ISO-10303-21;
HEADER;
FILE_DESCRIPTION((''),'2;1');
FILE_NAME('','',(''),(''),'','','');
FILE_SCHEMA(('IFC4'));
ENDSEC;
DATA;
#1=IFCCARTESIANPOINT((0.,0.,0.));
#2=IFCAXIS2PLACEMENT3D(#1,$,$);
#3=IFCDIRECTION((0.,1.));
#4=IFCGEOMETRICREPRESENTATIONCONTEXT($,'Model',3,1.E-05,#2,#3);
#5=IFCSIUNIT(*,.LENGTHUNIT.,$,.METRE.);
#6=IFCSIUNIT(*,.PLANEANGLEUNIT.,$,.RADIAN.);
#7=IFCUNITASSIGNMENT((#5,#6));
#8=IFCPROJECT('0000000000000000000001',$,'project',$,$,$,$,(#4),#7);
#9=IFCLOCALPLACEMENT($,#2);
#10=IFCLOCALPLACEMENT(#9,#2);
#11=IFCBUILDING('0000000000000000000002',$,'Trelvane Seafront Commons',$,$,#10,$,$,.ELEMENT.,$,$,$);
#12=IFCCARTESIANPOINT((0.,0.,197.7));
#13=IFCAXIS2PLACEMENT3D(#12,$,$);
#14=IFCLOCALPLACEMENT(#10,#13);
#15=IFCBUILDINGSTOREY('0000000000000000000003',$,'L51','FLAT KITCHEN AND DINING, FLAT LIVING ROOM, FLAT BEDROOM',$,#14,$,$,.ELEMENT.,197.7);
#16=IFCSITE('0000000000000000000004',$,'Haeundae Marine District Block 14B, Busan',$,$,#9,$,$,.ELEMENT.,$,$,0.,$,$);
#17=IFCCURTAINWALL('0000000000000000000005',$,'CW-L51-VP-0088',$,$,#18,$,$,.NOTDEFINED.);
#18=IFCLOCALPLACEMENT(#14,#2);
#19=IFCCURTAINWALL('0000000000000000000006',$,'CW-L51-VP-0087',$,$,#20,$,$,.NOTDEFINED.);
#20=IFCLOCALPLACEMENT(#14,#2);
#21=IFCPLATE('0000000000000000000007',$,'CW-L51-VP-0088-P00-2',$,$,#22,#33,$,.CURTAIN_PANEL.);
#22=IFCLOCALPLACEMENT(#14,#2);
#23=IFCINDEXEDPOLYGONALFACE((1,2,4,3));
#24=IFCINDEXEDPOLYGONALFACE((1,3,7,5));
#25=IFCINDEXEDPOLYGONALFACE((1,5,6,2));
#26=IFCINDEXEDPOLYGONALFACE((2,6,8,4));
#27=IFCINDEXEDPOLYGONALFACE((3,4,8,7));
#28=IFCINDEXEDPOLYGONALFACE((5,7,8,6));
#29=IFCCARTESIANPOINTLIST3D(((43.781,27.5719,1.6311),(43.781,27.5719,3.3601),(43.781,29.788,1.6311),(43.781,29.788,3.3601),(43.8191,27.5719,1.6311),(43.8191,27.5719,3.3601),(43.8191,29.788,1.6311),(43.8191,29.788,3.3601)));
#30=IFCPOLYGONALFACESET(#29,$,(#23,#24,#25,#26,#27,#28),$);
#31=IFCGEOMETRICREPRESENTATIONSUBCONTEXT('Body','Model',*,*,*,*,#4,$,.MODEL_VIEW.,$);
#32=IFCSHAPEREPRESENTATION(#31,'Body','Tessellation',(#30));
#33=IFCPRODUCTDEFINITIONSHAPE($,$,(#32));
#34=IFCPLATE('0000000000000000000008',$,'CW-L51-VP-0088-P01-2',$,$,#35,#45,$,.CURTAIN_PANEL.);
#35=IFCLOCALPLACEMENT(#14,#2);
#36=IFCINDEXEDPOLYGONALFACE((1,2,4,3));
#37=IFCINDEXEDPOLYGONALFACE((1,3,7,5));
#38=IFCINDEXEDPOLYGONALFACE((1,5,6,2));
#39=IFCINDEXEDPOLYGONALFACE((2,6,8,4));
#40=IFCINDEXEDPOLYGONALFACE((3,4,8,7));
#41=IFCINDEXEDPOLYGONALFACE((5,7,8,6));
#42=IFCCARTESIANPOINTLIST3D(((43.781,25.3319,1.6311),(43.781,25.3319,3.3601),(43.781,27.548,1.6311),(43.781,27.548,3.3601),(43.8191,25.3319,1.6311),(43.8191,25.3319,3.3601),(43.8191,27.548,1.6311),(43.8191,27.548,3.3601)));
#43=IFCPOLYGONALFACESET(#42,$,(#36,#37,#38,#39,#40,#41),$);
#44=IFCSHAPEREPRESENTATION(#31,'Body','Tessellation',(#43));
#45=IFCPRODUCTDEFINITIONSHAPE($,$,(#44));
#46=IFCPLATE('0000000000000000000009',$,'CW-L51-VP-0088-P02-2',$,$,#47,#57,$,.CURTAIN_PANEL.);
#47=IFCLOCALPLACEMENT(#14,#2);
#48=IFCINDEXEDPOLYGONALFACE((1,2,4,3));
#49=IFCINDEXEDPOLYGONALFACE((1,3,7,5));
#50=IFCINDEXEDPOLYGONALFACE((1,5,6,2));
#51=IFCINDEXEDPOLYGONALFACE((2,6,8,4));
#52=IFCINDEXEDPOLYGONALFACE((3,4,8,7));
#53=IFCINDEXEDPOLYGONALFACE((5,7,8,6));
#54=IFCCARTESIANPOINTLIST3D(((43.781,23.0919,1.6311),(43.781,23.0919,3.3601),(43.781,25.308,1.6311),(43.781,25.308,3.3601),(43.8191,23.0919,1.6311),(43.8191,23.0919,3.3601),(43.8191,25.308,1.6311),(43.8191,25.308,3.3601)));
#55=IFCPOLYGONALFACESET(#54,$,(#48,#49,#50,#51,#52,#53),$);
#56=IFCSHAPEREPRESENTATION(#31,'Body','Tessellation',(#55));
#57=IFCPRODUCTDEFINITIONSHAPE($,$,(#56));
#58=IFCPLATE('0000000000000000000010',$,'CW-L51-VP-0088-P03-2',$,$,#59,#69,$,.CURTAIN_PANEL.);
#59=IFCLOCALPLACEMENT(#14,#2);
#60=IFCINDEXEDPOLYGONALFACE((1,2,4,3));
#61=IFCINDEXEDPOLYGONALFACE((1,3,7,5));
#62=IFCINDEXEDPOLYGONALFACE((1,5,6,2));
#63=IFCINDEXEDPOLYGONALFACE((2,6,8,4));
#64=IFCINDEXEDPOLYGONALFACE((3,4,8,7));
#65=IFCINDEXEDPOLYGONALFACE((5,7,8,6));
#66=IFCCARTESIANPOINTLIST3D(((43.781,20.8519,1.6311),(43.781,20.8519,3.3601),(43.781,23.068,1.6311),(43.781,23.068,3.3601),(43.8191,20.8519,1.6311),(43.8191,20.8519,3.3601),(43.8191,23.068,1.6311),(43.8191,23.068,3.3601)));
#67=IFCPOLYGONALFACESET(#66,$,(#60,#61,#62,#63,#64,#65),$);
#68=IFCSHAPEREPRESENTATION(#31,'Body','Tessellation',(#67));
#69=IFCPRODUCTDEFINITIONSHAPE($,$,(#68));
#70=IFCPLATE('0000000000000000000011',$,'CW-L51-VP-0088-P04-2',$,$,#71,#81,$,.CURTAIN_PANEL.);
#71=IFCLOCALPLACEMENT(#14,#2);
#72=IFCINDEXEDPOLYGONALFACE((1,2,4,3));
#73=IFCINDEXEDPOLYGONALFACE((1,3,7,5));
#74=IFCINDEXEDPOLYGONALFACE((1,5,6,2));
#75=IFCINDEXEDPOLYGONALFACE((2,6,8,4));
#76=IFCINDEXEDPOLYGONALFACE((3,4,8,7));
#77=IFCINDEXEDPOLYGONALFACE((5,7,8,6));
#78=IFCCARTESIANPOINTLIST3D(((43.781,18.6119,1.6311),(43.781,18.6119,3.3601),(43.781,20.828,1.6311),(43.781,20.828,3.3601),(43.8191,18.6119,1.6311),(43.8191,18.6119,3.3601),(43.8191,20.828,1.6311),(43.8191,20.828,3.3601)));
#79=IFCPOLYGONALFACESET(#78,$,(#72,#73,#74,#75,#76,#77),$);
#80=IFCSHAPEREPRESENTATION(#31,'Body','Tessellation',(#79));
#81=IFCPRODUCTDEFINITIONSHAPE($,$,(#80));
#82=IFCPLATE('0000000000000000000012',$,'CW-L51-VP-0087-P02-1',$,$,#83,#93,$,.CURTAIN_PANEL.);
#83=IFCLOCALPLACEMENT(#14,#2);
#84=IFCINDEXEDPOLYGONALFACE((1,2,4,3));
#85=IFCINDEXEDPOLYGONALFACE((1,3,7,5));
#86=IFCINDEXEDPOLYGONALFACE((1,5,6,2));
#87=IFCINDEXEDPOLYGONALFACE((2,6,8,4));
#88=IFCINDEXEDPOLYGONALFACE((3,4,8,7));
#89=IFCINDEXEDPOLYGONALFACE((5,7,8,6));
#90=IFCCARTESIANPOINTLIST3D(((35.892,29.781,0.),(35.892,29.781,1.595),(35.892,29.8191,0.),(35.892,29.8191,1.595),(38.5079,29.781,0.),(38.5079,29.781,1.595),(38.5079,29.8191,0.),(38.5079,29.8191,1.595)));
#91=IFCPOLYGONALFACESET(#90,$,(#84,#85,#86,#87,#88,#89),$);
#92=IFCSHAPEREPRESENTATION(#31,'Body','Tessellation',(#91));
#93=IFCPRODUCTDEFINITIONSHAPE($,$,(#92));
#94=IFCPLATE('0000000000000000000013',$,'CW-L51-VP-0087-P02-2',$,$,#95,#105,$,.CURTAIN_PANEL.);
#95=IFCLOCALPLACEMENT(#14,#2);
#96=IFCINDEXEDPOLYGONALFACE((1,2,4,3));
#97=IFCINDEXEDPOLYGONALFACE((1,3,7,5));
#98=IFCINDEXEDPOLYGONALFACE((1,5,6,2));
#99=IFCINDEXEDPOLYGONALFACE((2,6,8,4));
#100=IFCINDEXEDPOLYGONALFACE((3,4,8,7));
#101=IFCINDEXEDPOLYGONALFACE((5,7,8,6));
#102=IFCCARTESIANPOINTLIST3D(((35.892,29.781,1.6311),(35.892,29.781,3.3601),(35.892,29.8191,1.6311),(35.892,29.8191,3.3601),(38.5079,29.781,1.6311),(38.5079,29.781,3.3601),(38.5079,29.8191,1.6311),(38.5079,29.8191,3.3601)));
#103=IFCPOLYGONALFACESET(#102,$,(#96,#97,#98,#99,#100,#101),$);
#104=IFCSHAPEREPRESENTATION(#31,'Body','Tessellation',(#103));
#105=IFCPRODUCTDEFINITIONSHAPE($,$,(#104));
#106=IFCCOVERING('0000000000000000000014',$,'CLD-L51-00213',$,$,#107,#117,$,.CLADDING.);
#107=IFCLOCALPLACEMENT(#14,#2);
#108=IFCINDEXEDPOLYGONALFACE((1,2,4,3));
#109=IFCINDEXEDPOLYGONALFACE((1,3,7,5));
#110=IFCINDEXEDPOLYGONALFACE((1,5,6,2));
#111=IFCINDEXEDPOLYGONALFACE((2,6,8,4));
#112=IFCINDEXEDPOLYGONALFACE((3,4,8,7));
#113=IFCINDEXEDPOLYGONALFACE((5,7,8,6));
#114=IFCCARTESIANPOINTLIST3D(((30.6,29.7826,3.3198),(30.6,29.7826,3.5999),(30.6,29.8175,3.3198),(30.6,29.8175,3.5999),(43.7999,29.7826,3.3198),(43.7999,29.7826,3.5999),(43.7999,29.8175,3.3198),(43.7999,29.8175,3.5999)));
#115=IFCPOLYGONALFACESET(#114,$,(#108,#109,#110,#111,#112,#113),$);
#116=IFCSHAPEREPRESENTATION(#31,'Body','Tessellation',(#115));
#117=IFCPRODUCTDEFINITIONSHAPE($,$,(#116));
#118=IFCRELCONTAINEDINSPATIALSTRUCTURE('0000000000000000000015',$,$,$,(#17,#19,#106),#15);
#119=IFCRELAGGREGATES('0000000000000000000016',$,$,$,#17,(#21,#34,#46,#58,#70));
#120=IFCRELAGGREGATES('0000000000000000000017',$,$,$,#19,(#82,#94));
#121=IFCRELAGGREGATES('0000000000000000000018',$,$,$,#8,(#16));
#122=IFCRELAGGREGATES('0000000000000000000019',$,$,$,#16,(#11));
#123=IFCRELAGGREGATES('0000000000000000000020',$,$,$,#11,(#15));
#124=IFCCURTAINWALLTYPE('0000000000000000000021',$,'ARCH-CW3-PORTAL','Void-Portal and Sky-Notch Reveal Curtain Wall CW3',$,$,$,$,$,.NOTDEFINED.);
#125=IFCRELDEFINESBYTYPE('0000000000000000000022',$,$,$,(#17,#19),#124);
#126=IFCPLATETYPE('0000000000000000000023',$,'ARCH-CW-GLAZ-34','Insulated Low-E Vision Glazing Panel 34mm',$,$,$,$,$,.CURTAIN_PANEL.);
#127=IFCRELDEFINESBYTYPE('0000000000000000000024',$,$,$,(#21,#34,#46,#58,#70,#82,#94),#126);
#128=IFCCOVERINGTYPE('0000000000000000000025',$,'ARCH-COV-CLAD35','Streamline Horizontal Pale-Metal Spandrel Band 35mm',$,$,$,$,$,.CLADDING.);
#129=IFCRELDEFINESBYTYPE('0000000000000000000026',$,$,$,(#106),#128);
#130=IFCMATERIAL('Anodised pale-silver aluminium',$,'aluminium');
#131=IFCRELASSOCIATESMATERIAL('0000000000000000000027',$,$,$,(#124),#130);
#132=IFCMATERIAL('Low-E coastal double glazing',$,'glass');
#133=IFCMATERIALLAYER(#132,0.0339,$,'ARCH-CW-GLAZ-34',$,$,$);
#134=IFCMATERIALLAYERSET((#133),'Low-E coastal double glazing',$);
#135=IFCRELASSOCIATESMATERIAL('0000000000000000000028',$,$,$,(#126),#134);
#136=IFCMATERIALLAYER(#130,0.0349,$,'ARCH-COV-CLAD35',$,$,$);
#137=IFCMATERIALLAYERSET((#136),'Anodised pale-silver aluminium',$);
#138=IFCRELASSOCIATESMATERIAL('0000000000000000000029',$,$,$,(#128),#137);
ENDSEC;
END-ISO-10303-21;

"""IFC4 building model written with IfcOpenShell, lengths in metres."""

from ifc_helpers import new_model, si_unit, direction, frame, origin, origin_2d, place, context, subcontext, project, spatial, rectangle, extrude, source, transform, mapped, material, layer, layer_set, type_object, element, aggregate, save


model = new_model("IFC4")

# Units and contexts
model_context = context("Model", 3, precision=1e-05, world=origin(), true_north=direction((0.0, 1.0)))
body_context = subcontext(model_context, "Body", "Model", "MODEL_VIEW")
ifc_project = project(units=[si_unit("LENGTHUNIT", "METRE"), si_unit("PLANEANGLEUNIT", "RADIAN")], contexts=[model_context])

# Site, building, storey
site_placement = place(None, origin())
site = spatial("IfcSite", under=ifc_project, at=site_placement, Name="Haeundae Marine District Block 14B, Busan", CompositionType="ELEMENT", RefElevation=0.0)
building_placement = place(site_placement, origin())
building = spatial("IfcBuilding", under=site, at=building_placement, Name="Trelvane Seafront Commons", CompositionType="ELEMENT")
storey_placement = place(building_placement, frame((0.0, 0.0, 197.7)))
storey = spatial("IfcBuildingStorey", under=building, at=storey_placement, Name="L51", Description="FLAT KITCHEN AND DINING, FLAT LIVING ROOM, FLAT BEDROOM", CompositionType="ELEMENT", Elevation=197.7)

# Shared definitions
ifc_material_1 = material(Name="Anodised pale-silver aluminium", Category="aluminium")
curtain_wall_type = type_object("IfcCurtainWallType", Name="ARCH-CW3-PORTAL", Description="Void-Portal and Sky-Notch Reveal Curtain Wall CW3", PredefinedType="NOTDEFINED", material=ifc_material_1)

# Curtain wall
curtain_wall_1_placement = place(storey_placement, origin())
curtain_wall_1 = element("IfcCurtainWall", 1, at=curtain_wall_1_placement, inside=storey, type_object=curtain_wall_type, Name="CW-L51-VP-0088", PredefinedType="NOTDEFINED")

# Curtain wall
curtain_wall_2_placement = place(storey_placement, origin())
curtain_wall_2 = element("IfcCurtainWall", 2, at=curtain_wall_2_placement, inside=storey, type_object=curtain_wall_type, Name="CW-L51-VP-0087", PredefinedType="NOTDEFINED")

# Plates
ifc_material_2 = material(Name="Low-E coastal double glazing", Category="glass")
ifc_layer_1 = layer(ifc_material_2, 0.0339, Name="ARCH-CW-GLAZ-34")
ifc_layer_set_1 = layer_set([ifc_layer_1], Name="Low-E coastal double glazing")
plate_type = type_object("IfcPlateType", Name="ARCH-CW-GLAZ-34", Description="Insulated Low-E Vision Glazing Panel 34mm", PredefinedType="CURTAIN_PANEL", material=ifc_layer_set_1)
shared_shape_1 = source(origin(), body_context, "Body", "SweptSolid", [
    extrude(rectangle(XDim=2.2161, YDim=0.0381, at=origin_2d()), origin(), (0.0, 0.0, 1.0), 1.729),
])
plate_1_placement = place(storey_placement, frame((43.8, 28.6799, 1.6311), z_axis=(0.0, 0.0, 1.0), x_axis=(0.0, -1.0, 0.0)))
plate_1 = element("IfcPlate", 3, at=plate_1_placement, type_object=plate_type, Name="CW-L51-VP-0088-P00-2", PredefinedType="CURTAIN_PANEL", context=body_context, shape_type="MappedRepresentation", body=[
    mapped(shared_shape_1, transform((0.0, 0.0, 0.0), x_axis=(1.0, 0.0, 0.0), y_axis=(0.0, 1.0, 0.0), z_axis=(0.0, 0.0, 1.0), scale=1.0)),
])
plate_2_placement = place(storey_placement, frame((43.8, 26.4399, 1.6311), z_axis=(0.0, 0.0, 1.0), x_axis=(0.0, -1.0, 0.0)))
plate_2 = element("IfcPlate", 4, at=plate_2_placement, type_object=plate_type, Name="CW-L51-VP-0088-P01-2", PredefinedType="CURTAIN_PANEL", context=body_context, shape_type="MappedRepresentation", body=[
    mapped(shared_shape_1, transform((0.0, 0.0, 0.0), x_axis=(1.0, 0.0, 0.0), y_axis=(0.0, 1.0, 0.0), z_axis=(0.0, 0.0, 1.0), scale=1.0)),
])
plate_3_placement = place(storey_placement, frame((43.8, 24.2, 1.6311), z_axis=(0.0, 0.0, 1.0), x_axis=(0.0, -1.0, 0.0)))
plate_3 = element("IfcPlate", 5, at=plate_3_placement, type_object=plate_type, Name="CW-L51-VP-0088-P02-2", PredefinedType="CURTAIN_PANEL", context=body_context, shape_type="MappedRepresentation", body=[
    mapped(shared_shape_1, transform((0.0, 0.0, 0.0), x_axis=(1.0, 0.0, 0.0), y_axis=(0.0, 1.0, 0.0), z_axis=(0.0, 0.0, 1.0), scale=1.0)),
])
plate_4_placement = place(storey_placement, frame((43.8, 21.96, 1.6311), z_axis=(0.0, 0.0, 1.0), x_axis=(0.0, -1.0, 0.0)))
plate_4 = element("IfcPlate", 6, at=plate_4_placement, type_object=plate_type, Name="CW-L51-VP-0088-P03-2", PredefinedType="CURTAIN_PANEL", context=body_context, shape_type="MappedRepresentation", body=[
    mapped(shared_shape_1, transform((0.0, 0.0, 0.0), x_axis=(1.0, 0.0, 0.0), y_axis=(0.0, 1.0, 0.0), z_axis=(0.0, 0.0, 1.0), scale=1.0)),
])
plate_5_placement = place(storey_placement, frame((43.8, 19.72, 1.6311), z_axis=(0.0, 0.0, 1.0), x_axis=(0.0, -1.0, 0.0)))
plate_5 = element("IfcPlate", 7, at=plate_5_placement, type_object=plate_type, Name="CW-L51-VP-0088-P04-2", PredefinedType="CURTAIN_PANEL", context=body_context, shape_type="MappedRepresentation", body=[
    mapped(shared_shape_1, transform((0.0, 0.0, 0.0), x_axis=(1.0, 0.0, 0.0), y_axis=(0.0, 1.0, 0.0), z_axis=(0.0, 0.0, 1.0), scale=1.0)),
])
aggregate(curtain_wall_1, [plate_1, plate_2, plate_3, plate_4, plate_5])
shared_shape_2 = source(origin(), body_context, "Body", "SweptSolid", [
    extrude(rectangle(XDim=2.616, YDim=0.0381, at=origin_2d()), origin(), (0.0, 0.0, 1.0), 1.595),
])
plate_6_placement = place(storey_placement, frame((37.2, 29.8, 0.0), z_axis=(0.0, 0.0, 1.0), x_axis=(1.0, 0.0, 0.0)))
plate_6 = element("IfcPlate", 8, at=plate_6_placement, type_object=plate_type, Name="CW-L51-VP-0087-P02-1", PredefinedType="CURTAIN_PANEL", context=body_context, shape_type="MappedRepresentation", body=[
    mapped(shared_shape_2, transform((0.0, 0.0, 0.0), x_axis=(1.0, 0.0, 0.0), y_axis=(0.0, 1.0, 0.0), z_axis=(0.0, 0.0, 1.0), scale=1.0)),
])
shared_shape_3 = source(origin(), body_context, "Body", "SweptSolid", [
    extrude(rectangle(XDim=2.616, YDim=0.0381, at=origin_2d()), origin(), (0.0, 0.0, 1.0), 1.729),
])
plate_7_placement = place(storey_placement, frame((37.2, 29.8, 1.6311), z_axis=(0.0, 0.0, 1.0), x_axis=(1.0, 0.0, 0.0)))
plate_7 = element("IfcPlate", 9, at=plate_7_placement, type_object=plate_type, Name="CW-L51-VP-0087-P02-2", PredefinedType="CURTAIN_PANEL", context=body_context, shape_type="MappedRepresentation", body=[
    mapped(shared_shape_3, transform((0.0, 0.0, 0.0), x_axis=(1.0, 0.0, 0.0), y_axis=(0.0, 1.0, 0.0), z_axis=(0.0, 0.0, 1.0), scale=1.0)),
])
aggregate(curtain_wall_2, [plate_6, plate_7])

# Covering
ifc_layer_2 = layer(ifc_material_1, 0.0349, Name="ARCH-COV-CLAD35")
ifc_layer_set_2 = layer_set([ifc_layer_2], Name="Anodised pale-silver aluminium")
covering_type = type_object("IfcCoveringType", Name="ARCH-COV-CLAD35", Description="Streamline Horizontal Pale-Metal Spandrel Band 35mm", PredefinedType="CLADDING", material=ifc_layer_set_2)
shared_shape_4 = source(origin(), body_context, "Body", "SweptSolid", [
    extrude(rectangle(XDim=13.2, YDim=0.0349, at=origin_2d()), origin(), (0.0, 0.0, 1.0), 0.28),
])
covering_placement = place(storey_placement, frame((37.2, 29.8, 3.3198), z_axis=(0.0, 0.0, 1.0), x_axis=(-1.0, 0.0, 0.0)))
element("IfcCovering", 10, at=covering_placement, inside=storey, type_object=covering_type, Name="CLD-L51-00213", PredefinedType="CLADDING", context=body_context, shape_type="MappedRepresentation", body=[
    mapped(shared_shape_4, transform((0.0, 0.0, 0.0), x_axis=(1.0, 0.0, 0.0), y_axis=(0.0, 1.0, 0.0), z_axis=(0.0, 0.0, 1.0), scale=1.0)),
])

save(model, "model.ifc")
